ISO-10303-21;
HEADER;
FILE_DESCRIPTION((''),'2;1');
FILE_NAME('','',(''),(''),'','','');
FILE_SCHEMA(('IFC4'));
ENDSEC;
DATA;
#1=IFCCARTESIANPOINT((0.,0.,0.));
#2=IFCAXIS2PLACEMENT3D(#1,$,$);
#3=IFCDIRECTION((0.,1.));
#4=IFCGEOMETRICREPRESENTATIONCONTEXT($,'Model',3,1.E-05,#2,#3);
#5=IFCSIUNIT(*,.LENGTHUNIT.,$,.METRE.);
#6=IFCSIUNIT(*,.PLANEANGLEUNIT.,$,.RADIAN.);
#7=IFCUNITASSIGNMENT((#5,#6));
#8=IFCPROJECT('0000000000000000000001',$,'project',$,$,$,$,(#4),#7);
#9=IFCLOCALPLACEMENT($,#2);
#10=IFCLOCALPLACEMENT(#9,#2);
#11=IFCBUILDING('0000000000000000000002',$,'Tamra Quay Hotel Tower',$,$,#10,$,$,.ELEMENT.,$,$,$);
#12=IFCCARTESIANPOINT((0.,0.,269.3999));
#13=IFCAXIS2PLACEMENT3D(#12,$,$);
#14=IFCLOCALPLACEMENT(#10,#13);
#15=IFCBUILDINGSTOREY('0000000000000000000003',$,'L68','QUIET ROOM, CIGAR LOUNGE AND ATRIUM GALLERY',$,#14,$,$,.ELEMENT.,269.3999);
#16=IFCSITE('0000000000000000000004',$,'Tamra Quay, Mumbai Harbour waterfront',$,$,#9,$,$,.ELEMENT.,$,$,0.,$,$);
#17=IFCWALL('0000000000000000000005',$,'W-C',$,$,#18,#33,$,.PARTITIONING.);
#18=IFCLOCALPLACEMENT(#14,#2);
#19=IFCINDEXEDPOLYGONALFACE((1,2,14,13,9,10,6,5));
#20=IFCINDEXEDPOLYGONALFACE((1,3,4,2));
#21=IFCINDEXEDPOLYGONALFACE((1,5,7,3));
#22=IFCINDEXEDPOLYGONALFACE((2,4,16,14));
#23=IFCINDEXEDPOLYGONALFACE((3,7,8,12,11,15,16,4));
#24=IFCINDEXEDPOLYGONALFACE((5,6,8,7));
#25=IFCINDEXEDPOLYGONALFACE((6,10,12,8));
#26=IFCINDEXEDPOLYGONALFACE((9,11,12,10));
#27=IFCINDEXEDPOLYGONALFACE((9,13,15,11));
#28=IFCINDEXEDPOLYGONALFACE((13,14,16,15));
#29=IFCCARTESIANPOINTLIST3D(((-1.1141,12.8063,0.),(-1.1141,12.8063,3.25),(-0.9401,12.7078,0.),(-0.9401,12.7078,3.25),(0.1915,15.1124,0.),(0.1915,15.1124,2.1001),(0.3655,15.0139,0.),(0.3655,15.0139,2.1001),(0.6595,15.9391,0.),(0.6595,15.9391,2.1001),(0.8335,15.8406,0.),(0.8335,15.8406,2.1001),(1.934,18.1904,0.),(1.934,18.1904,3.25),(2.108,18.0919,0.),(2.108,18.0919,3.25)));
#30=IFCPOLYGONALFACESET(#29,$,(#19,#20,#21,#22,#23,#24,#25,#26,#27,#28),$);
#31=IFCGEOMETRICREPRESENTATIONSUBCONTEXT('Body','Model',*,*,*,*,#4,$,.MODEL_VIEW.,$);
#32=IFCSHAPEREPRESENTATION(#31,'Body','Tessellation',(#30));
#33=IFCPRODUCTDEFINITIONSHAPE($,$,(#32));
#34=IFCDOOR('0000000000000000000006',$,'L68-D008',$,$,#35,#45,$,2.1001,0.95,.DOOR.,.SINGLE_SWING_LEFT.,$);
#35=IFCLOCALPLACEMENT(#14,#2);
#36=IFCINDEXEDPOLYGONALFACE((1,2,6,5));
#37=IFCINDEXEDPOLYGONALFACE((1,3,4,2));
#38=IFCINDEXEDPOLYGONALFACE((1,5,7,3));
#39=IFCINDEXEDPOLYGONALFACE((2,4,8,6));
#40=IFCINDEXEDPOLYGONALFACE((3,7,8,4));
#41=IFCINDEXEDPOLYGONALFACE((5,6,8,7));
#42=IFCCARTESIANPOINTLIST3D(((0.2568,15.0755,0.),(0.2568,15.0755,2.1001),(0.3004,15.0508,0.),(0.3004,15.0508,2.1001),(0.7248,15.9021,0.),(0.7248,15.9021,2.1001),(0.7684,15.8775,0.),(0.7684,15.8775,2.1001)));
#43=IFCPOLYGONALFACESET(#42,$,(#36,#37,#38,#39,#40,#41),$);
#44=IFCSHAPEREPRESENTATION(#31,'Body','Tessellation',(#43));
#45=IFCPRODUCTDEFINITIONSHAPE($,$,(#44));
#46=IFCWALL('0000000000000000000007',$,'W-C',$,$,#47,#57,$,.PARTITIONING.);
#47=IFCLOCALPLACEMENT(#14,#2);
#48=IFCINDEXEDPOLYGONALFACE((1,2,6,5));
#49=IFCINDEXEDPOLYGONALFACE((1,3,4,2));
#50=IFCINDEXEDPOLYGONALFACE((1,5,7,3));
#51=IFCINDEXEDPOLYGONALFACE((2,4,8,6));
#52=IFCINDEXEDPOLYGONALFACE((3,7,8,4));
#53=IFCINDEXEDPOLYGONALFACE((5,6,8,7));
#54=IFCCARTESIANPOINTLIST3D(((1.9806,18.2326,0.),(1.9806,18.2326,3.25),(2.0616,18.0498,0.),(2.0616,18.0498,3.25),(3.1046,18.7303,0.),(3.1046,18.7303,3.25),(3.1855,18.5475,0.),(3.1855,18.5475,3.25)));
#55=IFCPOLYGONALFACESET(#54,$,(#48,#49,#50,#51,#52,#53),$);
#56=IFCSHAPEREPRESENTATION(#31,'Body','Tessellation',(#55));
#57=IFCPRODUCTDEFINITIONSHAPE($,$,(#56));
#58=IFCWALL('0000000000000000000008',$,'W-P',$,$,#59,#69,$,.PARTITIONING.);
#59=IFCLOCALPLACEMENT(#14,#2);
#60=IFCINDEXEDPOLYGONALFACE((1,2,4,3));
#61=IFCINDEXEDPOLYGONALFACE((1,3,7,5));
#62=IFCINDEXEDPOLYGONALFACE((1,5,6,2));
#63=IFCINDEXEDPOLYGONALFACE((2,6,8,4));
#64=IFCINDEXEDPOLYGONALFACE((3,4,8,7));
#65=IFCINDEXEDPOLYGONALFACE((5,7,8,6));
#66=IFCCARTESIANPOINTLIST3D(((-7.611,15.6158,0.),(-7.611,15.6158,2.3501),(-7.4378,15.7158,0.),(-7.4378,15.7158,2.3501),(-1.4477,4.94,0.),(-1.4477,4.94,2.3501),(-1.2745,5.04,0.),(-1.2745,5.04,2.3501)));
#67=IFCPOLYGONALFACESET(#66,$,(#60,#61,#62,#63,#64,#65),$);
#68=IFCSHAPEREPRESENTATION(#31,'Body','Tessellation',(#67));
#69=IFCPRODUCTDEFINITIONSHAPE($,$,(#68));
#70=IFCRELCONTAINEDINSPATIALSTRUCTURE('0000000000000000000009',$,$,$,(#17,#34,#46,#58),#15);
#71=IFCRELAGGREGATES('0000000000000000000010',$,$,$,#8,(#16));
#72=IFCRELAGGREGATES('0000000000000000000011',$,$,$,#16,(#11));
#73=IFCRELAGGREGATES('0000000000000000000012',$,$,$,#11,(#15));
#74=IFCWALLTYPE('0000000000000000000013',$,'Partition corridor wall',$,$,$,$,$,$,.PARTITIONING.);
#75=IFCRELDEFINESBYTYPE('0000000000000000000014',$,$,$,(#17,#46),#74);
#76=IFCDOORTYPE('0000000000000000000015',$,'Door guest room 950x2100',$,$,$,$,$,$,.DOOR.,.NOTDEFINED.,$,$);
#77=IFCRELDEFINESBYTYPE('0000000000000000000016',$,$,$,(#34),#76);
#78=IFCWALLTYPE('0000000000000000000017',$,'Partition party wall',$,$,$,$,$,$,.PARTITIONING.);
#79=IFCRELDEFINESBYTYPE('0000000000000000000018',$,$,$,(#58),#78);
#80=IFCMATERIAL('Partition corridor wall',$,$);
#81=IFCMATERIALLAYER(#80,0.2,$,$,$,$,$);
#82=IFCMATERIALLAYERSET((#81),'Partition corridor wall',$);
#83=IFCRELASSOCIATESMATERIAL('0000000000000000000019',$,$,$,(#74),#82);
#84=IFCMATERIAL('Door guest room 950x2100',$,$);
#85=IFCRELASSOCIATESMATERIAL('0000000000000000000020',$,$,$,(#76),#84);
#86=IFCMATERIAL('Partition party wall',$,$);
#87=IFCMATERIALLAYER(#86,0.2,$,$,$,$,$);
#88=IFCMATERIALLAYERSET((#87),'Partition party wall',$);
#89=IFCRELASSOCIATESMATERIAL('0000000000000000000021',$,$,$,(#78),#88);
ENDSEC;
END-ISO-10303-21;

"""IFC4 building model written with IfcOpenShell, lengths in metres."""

from ifc_helpers import new_model, si_unit, direction, frame, frame_2d, origin, place, context, subcontext, project, spatial, rectangle, extrude, material, layer, layer_set, type_object, element, fill, save


model = new_model("IFC4")

# Units and contexts
model_context = context("Model", 3, precision=1e-05, world=origin(), true_north=direction((0.0, 1.0)))
body_context = subcontext(model_context, "Body", "Model", "MODEL_VIEW")
ifc_project = project(units=[si_unit("LENGTHUNIT", "METRE"), si_unit("PLANEANGLEUNIT", "RADIAN")], contexts=[model_context])

# Site, building, storey
site_placement = place(None, origin())
site = spatial("IfcSite", under=ifc_project, at=site_placement, Name="Tamra Quay, Mumbai Harbour waterfront", CompositionType="ELEMENT", RefElevation=0.0)
building_placement = place(site_placement, origin())
building = spatial("IfcBuilding", under=site, at=building_placement, Name="Tamra Quay Hotel Tower", CompositionType="ELEMENT")
storey_placement = place(building_placement, frame((0.0, 0.0, 269.3999)))
storey = spatial("IfcBuildingStorey", under=building, at=storey_placement, Name="L68", Description="QUIET ROOM, CIGAR LOUNGE AND ATRIUM GALLERY", CompositionType="ELEMENT", Elevation=269.3999)

# Wall, opening, door
ifc_material_1 = material(Name="Partition corridor wall")
ifc_layer_1 = layer(ifc_material_1, 0.2)
ifc_layer_set_1 = layer_set([ifc_layer_1], Name="Partition corridor wall")
wall_type_1 = type_object("IfcWallType", Name="Partition corridor wall", PredefinedType="PARTITIONING", material=ifc_layer_set_1)
wall_1_placement = place(storey_placement, frame((-1.0271, 12.7571, 0.0), z_axis=(0.0, 0.0, 1.0), x_axis=(0.492663, 0.87022, 0.0)))
wall_1 = element("IfcWall", 1, at=wall_1_placement, inside=storey, type_object=wall_type_1, Name="W-C", PredefinedType="PARTITIONING", context=body_context, shape_type="SweptSolid", body=[
    extrude(rectangle(XDim=6.187, YDim=0.2, at=frame_2d((3.0935, 0.0))), origin(), (0.0, 0.0, 1.0), 3.25),
])
opening_placement = place(wall_1_placement, frame((2.6499, 0.0, 0.0)))
opening = element("IfcOpeningElement", 2, at=opening_placement, cuts=wall_1, PredefinedType="OPENING", context=body_context, shape_type="SweptSolid", body=[
    extrude(rectangle(XDim=0.95, YDim=2.1001, at=frame_2d((0.4751, 1.05))), frame((0.0, 0.1099, 0.0), z_axis=(0.0, -1.0, 0.0), x_axis=(1.0, 0.0, 0.0)), (0.0, 0.0, 1.0), 0.22),
])
ifc_material_2 = material(Name="Door guest room 950x2100")
door_type = type_object("IfcDoorType", Name="Door guest room 950x2100", OperationType="NOTDEFINED", PredefinedType="DOOR", material=ifc_material_2)
door_placement = place(opening_placement, origin())
door = element("IfcDoor", 3, at=door_placement, inside=storey, type_object=door_type, Name="L68-D008", OperationType="SINGLE_SWING_LEFT", OverallHeight=2.1001, OverallWidth=0.95, PredefinedType="DOOR", context=body_context, shape_type="SweptSolid", body=[
    extrude(rectangle(XDim=0.95, YDim=2.1001, at=frame_2d((0.4751, 1.05))), frame((0.0, 0.0249, 0.0), z_axis=(0.0, -1.0, 0.0), x_axis=(1.0, 0.0, 0.0)), (0.0, 0.0, 1.0), 0.05),
])
fill(opening, door)

# Walls
wall_2_placement = place(storey_placement, frame((2.021, 18.1411, 0.0), z_axis=(0.0, 0.0, 1.0), x_axis=(0.914343, 0.40494, 0.0)))
element("IfcWall", 4, at=wall_2_placement, inside=storey, type_object=wall_type_1, Name="W-C", PredefinedType="PARTITIONING", context=body_context, shape_type="SweptSolid", body=[
    extrude(rectangle(XDim=1.2292, YDim=0.2, at=frame_2d((0.6147, 0.0))), origin(), (0.0, 0.0, 1.0), 3.25),
])
ifc_material_3 = material(Name="Partition party wall")
ifc_layer_2 = layer(ifc_material_3, 0.2)
ifc_layer_set_2 = layer_set([ifc_layer_2], Name="Partition party wall")
wall_type_2 = type_object("IfcWallType", Name="Partition party wall", PredefinedType="PARTITIONING", material=ifc_layer_set_2)
wall_3_placement = place(storey_placement, frame((-7.5244, 15.6658, 0.0), z_axis=(0.0, 0.0, 1.0), x_axis=(0.49998, -0.866037, 0.0)))
element("IfcWall", 5, at=wall_3_placement, inside=storey, type_object=wall_type_2, Name="W-P", PredefinedType="PARTITIONING", context=body_context, shape_type="SweptSolid", body=[
    extrude(rectangle(XDim=12.3271, YDim=0.2, at=frame_2d((6.1636, 0.0))), origin(), (0.0, 0.0, 1.0), 2.3501),
])

save(model, "model.ifc")
